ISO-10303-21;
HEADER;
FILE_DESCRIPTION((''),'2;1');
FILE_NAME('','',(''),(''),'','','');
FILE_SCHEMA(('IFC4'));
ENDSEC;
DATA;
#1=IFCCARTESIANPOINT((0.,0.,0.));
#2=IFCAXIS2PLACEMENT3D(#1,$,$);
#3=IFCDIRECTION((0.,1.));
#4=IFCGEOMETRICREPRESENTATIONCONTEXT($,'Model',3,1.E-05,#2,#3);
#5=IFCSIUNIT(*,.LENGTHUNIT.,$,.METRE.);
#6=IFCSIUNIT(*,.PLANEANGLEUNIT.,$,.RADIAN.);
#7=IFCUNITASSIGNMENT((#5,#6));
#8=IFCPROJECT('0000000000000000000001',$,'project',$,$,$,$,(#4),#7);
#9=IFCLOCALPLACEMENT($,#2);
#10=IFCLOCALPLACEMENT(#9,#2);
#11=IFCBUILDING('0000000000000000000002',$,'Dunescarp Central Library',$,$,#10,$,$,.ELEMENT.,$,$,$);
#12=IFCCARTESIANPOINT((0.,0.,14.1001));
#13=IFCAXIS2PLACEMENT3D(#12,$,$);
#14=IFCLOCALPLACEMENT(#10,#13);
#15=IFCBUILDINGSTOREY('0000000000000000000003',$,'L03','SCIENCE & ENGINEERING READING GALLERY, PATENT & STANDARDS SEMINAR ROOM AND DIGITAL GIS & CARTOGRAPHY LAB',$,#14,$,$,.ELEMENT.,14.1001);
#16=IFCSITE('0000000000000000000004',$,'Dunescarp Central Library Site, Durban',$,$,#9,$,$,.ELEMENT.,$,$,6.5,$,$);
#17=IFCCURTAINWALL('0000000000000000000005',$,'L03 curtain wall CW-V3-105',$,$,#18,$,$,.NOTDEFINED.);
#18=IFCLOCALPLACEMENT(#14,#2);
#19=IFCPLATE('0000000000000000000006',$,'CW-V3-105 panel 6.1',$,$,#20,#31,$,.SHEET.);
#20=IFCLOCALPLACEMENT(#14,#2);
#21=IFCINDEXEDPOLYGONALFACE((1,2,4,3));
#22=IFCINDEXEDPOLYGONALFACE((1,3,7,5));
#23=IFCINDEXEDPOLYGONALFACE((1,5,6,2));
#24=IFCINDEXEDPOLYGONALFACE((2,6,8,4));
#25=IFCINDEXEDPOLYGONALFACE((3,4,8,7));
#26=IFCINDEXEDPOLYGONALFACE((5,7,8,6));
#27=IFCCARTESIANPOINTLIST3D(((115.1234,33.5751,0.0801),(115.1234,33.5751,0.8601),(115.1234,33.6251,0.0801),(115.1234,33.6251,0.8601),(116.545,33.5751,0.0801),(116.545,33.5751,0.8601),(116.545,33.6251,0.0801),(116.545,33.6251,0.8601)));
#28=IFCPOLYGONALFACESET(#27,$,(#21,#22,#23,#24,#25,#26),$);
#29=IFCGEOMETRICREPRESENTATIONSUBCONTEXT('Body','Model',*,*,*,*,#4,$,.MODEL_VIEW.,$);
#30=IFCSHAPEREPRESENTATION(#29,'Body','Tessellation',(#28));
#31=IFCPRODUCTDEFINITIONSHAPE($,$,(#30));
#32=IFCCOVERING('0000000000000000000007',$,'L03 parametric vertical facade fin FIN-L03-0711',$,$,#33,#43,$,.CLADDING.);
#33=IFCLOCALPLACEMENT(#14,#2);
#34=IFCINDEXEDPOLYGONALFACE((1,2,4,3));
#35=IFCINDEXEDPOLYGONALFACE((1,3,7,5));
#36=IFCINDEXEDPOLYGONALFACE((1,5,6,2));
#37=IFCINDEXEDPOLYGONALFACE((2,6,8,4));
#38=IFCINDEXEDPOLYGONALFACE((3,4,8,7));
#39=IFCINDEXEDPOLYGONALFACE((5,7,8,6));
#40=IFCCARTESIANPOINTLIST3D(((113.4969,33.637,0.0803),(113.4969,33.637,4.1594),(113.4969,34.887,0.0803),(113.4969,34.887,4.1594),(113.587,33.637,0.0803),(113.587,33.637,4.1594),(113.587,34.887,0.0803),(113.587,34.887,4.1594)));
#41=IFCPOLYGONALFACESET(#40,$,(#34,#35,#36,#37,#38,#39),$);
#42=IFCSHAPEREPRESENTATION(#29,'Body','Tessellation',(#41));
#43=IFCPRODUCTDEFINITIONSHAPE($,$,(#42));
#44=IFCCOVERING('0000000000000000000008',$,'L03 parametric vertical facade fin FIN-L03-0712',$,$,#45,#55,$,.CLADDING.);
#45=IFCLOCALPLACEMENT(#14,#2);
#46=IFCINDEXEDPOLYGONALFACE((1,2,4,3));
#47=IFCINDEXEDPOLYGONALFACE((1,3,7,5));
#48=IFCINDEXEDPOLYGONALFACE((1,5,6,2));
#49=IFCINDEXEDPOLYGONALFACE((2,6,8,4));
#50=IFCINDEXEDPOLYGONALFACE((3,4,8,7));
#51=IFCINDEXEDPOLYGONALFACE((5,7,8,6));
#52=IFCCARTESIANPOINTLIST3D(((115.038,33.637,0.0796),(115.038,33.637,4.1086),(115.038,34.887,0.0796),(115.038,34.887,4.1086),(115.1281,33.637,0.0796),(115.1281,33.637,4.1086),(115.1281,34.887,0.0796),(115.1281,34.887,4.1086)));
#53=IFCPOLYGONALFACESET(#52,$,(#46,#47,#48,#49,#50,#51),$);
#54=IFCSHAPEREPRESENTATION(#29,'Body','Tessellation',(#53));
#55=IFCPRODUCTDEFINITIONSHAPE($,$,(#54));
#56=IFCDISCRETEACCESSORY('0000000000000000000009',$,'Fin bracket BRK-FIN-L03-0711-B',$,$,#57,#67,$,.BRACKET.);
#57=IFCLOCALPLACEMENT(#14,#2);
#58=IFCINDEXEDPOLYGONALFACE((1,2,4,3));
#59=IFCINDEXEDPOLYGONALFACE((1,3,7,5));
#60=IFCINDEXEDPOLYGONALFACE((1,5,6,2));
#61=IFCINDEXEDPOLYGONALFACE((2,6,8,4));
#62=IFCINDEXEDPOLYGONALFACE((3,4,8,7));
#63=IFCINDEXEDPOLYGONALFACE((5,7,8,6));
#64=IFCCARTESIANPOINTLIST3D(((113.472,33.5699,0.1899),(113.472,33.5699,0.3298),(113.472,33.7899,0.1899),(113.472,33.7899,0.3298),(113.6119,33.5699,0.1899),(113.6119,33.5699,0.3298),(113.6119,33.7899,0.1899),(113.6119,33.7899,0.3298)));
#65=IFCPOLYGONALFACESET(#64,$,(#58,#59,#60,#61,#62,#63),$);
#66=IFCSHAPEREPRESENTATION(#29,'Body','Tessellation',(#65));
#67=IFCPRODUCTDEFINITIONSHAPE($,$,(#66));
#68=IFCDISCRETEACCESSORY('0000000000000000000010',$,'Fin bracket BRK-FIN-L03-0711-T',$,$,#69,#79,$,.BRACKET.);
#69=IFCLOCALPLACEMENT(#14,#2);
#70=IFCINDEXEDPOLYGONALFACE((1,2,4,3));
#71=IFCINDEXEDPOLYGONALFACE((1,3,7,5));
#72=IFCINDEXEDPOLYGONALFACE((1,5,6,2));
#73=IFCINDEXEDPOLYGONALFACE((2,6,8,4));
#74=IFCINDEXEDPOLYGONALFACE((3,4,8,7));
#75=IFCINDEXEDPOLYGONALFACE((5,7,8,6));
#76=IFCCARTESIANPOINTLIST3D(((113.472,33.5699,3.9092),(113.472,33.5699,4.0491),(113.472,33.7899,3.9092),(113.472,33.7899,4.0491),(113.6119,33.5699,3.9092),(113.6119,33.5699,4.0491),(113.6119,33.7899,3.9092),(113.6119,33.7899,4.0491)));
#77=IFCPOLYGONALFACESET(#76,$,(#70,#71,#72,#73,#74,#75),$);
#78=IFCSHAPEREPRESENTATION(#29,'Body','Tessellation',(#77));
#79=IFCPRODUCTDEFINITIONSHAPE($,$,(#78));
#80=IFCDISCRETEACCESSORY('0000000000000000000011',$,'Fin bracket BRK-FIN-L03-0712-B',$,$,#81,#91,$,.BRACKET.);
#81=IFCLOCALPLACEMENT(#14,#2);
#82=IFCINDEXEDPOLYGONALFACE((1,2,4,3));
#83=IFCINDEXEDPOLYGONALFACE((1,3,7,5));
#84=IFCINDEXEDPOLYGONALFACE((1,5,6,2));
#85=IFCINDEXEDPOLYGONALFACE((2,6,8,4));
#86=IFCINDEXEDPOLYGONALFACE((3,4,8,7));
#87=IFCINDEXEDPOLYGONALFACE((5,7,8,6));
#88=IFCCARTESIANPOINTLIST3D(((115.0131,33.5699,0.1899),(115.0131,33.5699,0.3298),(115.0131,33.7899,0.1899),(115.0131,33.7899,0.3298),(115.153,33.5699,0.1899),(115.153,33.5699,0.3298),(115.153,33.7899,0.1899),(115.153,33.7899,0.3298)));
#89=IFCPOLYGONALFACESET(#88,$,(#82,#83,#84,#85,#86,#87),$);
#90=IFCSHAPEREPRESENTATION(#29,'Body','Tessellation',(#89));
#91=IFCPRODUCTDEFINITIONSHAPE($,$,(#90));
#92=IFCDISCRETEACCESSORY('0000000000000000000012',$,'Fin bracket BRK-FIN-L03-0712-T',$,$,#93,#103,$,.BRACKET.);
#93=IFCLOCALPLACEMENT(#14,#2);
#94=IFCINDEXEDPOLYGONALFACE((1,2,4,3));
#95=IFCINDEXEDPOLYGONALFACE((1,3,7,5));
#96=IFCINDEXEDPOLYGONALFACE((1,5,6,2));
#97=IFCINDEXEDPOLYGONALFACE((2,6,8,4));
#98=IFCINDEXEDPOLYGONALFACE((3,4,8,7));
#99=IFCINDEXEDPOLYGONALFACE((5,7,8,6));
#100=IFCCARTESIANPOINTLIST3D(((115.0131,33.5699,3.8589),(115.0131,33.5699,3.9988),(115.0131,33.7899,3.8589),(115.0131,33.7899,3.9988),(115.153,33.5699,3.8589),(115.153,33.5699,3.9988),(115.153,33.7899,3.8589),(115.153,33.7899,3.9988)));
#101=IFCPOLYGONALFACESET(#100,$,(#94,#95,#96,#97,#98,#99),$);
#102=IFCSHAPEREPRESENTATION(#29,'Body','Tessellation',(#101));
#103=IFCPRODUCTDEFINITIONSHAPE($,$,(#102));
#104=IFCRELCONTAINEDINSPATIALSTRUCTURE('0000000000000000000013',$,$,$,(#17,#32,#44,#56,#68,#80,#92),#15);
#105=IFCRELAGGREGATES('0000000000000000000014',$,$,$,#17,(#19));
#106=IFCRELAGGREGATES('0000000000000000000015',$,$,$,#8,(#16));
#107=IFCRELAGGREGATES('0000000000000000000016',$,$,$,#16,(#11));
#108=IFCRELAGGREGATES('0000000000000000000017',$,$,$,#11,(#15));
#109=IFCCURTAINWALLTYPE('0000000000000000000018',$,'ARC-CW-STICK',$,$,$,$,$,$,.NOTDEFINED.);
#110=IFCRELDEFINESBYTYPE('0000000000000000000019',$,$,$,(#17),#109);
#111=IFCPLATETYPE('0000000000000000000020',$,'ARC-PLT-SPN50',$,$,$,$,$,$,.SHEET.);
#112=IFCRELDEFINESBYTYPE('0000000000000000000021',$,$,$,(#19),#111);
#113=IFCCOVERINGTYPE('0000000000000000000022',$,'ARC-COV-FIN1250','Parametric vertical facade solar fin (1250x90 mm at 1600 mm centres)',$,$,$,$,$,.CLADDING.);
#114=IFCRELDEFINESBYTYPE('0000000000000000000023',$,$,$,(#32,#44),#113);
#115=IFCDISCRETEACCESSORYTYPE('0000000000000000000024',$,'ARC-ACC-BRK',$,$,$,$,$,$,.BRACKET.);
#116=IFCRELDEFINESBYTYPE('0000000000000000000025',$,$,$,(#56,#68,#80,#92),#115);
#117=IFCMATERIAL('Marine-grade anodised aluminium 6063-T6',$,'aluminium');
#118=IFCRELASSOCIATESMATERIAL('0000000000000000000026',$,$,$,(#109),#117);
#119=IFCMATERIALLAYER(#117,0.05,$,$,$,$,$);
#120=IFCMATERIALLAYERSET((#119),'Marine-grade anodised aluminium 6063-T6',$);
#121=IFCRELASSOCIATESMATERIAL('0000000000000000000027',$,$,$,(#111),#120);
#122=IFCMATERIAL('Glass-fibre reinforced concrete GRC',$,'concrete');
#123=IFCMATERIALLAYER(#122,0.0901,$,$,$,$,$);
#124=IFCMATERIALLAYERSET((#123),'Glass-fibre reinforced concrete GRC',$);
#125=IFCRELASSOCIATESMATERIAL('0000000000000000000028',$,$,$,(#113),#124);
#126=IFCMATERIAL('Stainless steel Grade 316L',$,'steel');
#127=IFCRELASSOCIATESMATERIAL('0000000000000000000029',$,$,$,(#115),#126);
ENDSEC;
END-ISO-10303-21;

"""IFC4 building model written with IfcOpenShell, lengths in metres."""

from ifc_helpers import new_model, si_unit, direction, frame, origin, origin_2d, place, context, subcontext, project, spatial, rectangle, extrude, material, layer, layer_set, type_object, element, aggregate, save


model = new_model("IFC4")

# Units and contexts
model_context = context("Model", 3, precision=1e-05, world=origin(), true_north=direction((0.0, 1.0)))
body_context = subcontext(model_context, "Body", "Model", "MODEL_VIEW")
ifc_project = project(units=[si_unit("LENGTHUNIT", "METRE"), si_unit("PLANEANGLEUNIT", "RADIAN")], contexts=[model_context])

# Site, building, storey
site_placement = place(None, origin())
site = spatial("IfcSite", under=ifc_project, at=site_placement, Name="Dunescarp Central Library Site, Durban", CompositionType="ELEMENT", RefElevation=6.5)
building_placement = place(site_placement, origin())
building = spatial("IfcBuilding", under=site, at=building_placement, Name="Dunescarp Central Library", CompositionType="ELEMENT")
storey_placement = place(building_placement, frame((0.0, 0.0, 14.1001)))
storey = spatial("IfcBuildingStorey", under=building, at=storey_placement, Name="L03", Description="SCIENCE & ENGINEERING READING GALLERY, PATENT & STANDARDS SEMINAR ROOM AND DIGITAL GIS & CARTOGRAPHY LAB", CompositionType="ELEMENT", Elevation=14.1001)

# Curtain wall, plate
ifc_material_1 = material(Name="Marine-grade anodised aluminium 6063-T6", Category="aluminium")
curtain_wall_type = type_object("IfcCurtainWallType", Name="ARC-CW-STICK", PredefinedType="NOTDEFINED", material=ifc_material_1)
curtain_wall_placement = place(storey_placement, origin())
curtain_wall = element("IfcCurtainWall", 1, at=curtain_wall_placement, inside=storey, type_object=curtain_wall_type, Name="L03 curtain wall CW-V3-105", PredefinedType="NOTDEFINED")
ifc_layer_1 = layer(ifc_material_1, 0.05)
ifc_layer_set_1 = layer_set([ifc_layer_1], Name="Marine-grade anodised aluminium 6063-T6")
plate_type_1 = type_object("IfcPlateType", Name="ARC-PLT-SPN50", PredefinedType="SHEET", material=ifc_layer_set_1)
plate_1_placement = place(storey_placement, frame((115.8342, 33.6001, 0.0801), z_axis=(0.0, 0.0, 1.0), x_axis=(1.0, 0.0, 0.0)))
plate_1 = element("IfcPlate", 2, at=plate_1_placement, type_object=plate_type_1, Name="CW-V3-105 panel 6.1", PredefinedType="SHEET", context=body_context, shape_type="SweptSolid", body=[
    extrude(rectangle(XDim=1.4216, YDim=0.05, at=origin_2d()), origin(), (0.0, 0.0, 1.0), 0.78),
])
aggregate(curtain_wall, [plate_1])

# Coverings
ifc_material_2 = material(Name="Glass-fibre reinforced concrete GRC", Category="concrete")
ifc_layer_2 = layer(ifc_material_2, 0.0901)
ifc_layer_set_2 = layer_set([ifc_layer_2], Name="Glass-fibre reinforced concrete GRC")
covering_type = type_object("IfcCoveringType", Name="ARC-COV-FIN1250", Description="Parametric vertical facade solar fin (1250x90 mm at 1600 mm centres)", PredefinedType="CLADDING", material=ifc_layer_set_2)
covering_1_placement = place(storey_placement, frame((113.542, 34.262, 0.0803), z_axis=(0.0, 0.0, 1.0), x_axis=(0.0, 1.0, 0.0)))
element("IfcCovering", 3, at=covering_1_placement, inside=storey, type_object=covering_type, Name="L03 parametric vertical facade fin FIN-L03-0711", PredefinedType="CLADDING", context=body_context, shape_type="SweptSolid", body=[
    extrude(rectangle(XDim=1.25, YDim=0.0901, at=origin_2d()), origin(), (0.0, 0.0, 1.0), 4.0791),
])
covering_2_placement = place(storey_placement, frame((115.083, 34.262, 0.0796), z_axis=(0.0, 0.0, 1.0), x_axis=(0.0, 1.0, 0.0)))
element("IfcCovering", 4, at=covering_2_placement, inside=storey, type_object=covering_type, Name="L03 parametric vertical facade fin FIN-L03-0712", PredefinedType="CLADDING", context=body_context, shape_type="SweptSolid", body=[
    extrude(rectangle(XDim=1.25, YDim=0.0901, at=origin_2d()), origin(), (0.0, 0.0, 1.0), 4.0291),
])

# Discrete accessories
ifc_material_3 = material(Name="Stainless steel Grade 316L", Category="steel")
discrete_accessory_type = type_object("IfcDiscreteAccessoryType", Name="ARC-ACC-BRK", PredefinedType="BRACKET", material=ifc_material_3)
for number, where, z_axis, x_axis, name in (
    (5, (113.542, 33.6799, 0.1899), (0.0, 0.0, 1.0), (0.0, 1.0, 0.0), "Fin bracket BRK-FIN-L03-0711-B"),
    (6, (113.542, 33.6799, 3.9092), (0.0, 0.0, 1.0), (0.0, 1.0, 0.0), "Fin bracket BRK-FIN-L03-0711-T"),
    (7, (115.083, 33.6799, 0.1899), (0.0, 0.0, 1.0), (0.0, 1.0, 0.0), "Fin bracket BRK-FIN-L03-0712-B"),
    (8, (115.083, 33.6799, 3.8589), (0.0, 0.0, 1.0), (0.0, 1.0, 0.0), "Fin bracket BRK-FIN-L03-0712-T"),
):
    element("IfcDiscreteAccessory", number, at=place(storey_placement, frame(where, z_axis=z_axis, x_axis=x_axis)), inside=storey, type_object=discrete_accessory_type, Name=name, PredefinedType="BRACKET", context=body_context, shape_type="SweptSolid", body=[
        extrude(rectangle(XDim=0.22, YDim=0.1399, at=origin_2d()), origin(), (0.0, 0.0, 1.0), 0.1399),
    ])

save(model, "model.ifc")
